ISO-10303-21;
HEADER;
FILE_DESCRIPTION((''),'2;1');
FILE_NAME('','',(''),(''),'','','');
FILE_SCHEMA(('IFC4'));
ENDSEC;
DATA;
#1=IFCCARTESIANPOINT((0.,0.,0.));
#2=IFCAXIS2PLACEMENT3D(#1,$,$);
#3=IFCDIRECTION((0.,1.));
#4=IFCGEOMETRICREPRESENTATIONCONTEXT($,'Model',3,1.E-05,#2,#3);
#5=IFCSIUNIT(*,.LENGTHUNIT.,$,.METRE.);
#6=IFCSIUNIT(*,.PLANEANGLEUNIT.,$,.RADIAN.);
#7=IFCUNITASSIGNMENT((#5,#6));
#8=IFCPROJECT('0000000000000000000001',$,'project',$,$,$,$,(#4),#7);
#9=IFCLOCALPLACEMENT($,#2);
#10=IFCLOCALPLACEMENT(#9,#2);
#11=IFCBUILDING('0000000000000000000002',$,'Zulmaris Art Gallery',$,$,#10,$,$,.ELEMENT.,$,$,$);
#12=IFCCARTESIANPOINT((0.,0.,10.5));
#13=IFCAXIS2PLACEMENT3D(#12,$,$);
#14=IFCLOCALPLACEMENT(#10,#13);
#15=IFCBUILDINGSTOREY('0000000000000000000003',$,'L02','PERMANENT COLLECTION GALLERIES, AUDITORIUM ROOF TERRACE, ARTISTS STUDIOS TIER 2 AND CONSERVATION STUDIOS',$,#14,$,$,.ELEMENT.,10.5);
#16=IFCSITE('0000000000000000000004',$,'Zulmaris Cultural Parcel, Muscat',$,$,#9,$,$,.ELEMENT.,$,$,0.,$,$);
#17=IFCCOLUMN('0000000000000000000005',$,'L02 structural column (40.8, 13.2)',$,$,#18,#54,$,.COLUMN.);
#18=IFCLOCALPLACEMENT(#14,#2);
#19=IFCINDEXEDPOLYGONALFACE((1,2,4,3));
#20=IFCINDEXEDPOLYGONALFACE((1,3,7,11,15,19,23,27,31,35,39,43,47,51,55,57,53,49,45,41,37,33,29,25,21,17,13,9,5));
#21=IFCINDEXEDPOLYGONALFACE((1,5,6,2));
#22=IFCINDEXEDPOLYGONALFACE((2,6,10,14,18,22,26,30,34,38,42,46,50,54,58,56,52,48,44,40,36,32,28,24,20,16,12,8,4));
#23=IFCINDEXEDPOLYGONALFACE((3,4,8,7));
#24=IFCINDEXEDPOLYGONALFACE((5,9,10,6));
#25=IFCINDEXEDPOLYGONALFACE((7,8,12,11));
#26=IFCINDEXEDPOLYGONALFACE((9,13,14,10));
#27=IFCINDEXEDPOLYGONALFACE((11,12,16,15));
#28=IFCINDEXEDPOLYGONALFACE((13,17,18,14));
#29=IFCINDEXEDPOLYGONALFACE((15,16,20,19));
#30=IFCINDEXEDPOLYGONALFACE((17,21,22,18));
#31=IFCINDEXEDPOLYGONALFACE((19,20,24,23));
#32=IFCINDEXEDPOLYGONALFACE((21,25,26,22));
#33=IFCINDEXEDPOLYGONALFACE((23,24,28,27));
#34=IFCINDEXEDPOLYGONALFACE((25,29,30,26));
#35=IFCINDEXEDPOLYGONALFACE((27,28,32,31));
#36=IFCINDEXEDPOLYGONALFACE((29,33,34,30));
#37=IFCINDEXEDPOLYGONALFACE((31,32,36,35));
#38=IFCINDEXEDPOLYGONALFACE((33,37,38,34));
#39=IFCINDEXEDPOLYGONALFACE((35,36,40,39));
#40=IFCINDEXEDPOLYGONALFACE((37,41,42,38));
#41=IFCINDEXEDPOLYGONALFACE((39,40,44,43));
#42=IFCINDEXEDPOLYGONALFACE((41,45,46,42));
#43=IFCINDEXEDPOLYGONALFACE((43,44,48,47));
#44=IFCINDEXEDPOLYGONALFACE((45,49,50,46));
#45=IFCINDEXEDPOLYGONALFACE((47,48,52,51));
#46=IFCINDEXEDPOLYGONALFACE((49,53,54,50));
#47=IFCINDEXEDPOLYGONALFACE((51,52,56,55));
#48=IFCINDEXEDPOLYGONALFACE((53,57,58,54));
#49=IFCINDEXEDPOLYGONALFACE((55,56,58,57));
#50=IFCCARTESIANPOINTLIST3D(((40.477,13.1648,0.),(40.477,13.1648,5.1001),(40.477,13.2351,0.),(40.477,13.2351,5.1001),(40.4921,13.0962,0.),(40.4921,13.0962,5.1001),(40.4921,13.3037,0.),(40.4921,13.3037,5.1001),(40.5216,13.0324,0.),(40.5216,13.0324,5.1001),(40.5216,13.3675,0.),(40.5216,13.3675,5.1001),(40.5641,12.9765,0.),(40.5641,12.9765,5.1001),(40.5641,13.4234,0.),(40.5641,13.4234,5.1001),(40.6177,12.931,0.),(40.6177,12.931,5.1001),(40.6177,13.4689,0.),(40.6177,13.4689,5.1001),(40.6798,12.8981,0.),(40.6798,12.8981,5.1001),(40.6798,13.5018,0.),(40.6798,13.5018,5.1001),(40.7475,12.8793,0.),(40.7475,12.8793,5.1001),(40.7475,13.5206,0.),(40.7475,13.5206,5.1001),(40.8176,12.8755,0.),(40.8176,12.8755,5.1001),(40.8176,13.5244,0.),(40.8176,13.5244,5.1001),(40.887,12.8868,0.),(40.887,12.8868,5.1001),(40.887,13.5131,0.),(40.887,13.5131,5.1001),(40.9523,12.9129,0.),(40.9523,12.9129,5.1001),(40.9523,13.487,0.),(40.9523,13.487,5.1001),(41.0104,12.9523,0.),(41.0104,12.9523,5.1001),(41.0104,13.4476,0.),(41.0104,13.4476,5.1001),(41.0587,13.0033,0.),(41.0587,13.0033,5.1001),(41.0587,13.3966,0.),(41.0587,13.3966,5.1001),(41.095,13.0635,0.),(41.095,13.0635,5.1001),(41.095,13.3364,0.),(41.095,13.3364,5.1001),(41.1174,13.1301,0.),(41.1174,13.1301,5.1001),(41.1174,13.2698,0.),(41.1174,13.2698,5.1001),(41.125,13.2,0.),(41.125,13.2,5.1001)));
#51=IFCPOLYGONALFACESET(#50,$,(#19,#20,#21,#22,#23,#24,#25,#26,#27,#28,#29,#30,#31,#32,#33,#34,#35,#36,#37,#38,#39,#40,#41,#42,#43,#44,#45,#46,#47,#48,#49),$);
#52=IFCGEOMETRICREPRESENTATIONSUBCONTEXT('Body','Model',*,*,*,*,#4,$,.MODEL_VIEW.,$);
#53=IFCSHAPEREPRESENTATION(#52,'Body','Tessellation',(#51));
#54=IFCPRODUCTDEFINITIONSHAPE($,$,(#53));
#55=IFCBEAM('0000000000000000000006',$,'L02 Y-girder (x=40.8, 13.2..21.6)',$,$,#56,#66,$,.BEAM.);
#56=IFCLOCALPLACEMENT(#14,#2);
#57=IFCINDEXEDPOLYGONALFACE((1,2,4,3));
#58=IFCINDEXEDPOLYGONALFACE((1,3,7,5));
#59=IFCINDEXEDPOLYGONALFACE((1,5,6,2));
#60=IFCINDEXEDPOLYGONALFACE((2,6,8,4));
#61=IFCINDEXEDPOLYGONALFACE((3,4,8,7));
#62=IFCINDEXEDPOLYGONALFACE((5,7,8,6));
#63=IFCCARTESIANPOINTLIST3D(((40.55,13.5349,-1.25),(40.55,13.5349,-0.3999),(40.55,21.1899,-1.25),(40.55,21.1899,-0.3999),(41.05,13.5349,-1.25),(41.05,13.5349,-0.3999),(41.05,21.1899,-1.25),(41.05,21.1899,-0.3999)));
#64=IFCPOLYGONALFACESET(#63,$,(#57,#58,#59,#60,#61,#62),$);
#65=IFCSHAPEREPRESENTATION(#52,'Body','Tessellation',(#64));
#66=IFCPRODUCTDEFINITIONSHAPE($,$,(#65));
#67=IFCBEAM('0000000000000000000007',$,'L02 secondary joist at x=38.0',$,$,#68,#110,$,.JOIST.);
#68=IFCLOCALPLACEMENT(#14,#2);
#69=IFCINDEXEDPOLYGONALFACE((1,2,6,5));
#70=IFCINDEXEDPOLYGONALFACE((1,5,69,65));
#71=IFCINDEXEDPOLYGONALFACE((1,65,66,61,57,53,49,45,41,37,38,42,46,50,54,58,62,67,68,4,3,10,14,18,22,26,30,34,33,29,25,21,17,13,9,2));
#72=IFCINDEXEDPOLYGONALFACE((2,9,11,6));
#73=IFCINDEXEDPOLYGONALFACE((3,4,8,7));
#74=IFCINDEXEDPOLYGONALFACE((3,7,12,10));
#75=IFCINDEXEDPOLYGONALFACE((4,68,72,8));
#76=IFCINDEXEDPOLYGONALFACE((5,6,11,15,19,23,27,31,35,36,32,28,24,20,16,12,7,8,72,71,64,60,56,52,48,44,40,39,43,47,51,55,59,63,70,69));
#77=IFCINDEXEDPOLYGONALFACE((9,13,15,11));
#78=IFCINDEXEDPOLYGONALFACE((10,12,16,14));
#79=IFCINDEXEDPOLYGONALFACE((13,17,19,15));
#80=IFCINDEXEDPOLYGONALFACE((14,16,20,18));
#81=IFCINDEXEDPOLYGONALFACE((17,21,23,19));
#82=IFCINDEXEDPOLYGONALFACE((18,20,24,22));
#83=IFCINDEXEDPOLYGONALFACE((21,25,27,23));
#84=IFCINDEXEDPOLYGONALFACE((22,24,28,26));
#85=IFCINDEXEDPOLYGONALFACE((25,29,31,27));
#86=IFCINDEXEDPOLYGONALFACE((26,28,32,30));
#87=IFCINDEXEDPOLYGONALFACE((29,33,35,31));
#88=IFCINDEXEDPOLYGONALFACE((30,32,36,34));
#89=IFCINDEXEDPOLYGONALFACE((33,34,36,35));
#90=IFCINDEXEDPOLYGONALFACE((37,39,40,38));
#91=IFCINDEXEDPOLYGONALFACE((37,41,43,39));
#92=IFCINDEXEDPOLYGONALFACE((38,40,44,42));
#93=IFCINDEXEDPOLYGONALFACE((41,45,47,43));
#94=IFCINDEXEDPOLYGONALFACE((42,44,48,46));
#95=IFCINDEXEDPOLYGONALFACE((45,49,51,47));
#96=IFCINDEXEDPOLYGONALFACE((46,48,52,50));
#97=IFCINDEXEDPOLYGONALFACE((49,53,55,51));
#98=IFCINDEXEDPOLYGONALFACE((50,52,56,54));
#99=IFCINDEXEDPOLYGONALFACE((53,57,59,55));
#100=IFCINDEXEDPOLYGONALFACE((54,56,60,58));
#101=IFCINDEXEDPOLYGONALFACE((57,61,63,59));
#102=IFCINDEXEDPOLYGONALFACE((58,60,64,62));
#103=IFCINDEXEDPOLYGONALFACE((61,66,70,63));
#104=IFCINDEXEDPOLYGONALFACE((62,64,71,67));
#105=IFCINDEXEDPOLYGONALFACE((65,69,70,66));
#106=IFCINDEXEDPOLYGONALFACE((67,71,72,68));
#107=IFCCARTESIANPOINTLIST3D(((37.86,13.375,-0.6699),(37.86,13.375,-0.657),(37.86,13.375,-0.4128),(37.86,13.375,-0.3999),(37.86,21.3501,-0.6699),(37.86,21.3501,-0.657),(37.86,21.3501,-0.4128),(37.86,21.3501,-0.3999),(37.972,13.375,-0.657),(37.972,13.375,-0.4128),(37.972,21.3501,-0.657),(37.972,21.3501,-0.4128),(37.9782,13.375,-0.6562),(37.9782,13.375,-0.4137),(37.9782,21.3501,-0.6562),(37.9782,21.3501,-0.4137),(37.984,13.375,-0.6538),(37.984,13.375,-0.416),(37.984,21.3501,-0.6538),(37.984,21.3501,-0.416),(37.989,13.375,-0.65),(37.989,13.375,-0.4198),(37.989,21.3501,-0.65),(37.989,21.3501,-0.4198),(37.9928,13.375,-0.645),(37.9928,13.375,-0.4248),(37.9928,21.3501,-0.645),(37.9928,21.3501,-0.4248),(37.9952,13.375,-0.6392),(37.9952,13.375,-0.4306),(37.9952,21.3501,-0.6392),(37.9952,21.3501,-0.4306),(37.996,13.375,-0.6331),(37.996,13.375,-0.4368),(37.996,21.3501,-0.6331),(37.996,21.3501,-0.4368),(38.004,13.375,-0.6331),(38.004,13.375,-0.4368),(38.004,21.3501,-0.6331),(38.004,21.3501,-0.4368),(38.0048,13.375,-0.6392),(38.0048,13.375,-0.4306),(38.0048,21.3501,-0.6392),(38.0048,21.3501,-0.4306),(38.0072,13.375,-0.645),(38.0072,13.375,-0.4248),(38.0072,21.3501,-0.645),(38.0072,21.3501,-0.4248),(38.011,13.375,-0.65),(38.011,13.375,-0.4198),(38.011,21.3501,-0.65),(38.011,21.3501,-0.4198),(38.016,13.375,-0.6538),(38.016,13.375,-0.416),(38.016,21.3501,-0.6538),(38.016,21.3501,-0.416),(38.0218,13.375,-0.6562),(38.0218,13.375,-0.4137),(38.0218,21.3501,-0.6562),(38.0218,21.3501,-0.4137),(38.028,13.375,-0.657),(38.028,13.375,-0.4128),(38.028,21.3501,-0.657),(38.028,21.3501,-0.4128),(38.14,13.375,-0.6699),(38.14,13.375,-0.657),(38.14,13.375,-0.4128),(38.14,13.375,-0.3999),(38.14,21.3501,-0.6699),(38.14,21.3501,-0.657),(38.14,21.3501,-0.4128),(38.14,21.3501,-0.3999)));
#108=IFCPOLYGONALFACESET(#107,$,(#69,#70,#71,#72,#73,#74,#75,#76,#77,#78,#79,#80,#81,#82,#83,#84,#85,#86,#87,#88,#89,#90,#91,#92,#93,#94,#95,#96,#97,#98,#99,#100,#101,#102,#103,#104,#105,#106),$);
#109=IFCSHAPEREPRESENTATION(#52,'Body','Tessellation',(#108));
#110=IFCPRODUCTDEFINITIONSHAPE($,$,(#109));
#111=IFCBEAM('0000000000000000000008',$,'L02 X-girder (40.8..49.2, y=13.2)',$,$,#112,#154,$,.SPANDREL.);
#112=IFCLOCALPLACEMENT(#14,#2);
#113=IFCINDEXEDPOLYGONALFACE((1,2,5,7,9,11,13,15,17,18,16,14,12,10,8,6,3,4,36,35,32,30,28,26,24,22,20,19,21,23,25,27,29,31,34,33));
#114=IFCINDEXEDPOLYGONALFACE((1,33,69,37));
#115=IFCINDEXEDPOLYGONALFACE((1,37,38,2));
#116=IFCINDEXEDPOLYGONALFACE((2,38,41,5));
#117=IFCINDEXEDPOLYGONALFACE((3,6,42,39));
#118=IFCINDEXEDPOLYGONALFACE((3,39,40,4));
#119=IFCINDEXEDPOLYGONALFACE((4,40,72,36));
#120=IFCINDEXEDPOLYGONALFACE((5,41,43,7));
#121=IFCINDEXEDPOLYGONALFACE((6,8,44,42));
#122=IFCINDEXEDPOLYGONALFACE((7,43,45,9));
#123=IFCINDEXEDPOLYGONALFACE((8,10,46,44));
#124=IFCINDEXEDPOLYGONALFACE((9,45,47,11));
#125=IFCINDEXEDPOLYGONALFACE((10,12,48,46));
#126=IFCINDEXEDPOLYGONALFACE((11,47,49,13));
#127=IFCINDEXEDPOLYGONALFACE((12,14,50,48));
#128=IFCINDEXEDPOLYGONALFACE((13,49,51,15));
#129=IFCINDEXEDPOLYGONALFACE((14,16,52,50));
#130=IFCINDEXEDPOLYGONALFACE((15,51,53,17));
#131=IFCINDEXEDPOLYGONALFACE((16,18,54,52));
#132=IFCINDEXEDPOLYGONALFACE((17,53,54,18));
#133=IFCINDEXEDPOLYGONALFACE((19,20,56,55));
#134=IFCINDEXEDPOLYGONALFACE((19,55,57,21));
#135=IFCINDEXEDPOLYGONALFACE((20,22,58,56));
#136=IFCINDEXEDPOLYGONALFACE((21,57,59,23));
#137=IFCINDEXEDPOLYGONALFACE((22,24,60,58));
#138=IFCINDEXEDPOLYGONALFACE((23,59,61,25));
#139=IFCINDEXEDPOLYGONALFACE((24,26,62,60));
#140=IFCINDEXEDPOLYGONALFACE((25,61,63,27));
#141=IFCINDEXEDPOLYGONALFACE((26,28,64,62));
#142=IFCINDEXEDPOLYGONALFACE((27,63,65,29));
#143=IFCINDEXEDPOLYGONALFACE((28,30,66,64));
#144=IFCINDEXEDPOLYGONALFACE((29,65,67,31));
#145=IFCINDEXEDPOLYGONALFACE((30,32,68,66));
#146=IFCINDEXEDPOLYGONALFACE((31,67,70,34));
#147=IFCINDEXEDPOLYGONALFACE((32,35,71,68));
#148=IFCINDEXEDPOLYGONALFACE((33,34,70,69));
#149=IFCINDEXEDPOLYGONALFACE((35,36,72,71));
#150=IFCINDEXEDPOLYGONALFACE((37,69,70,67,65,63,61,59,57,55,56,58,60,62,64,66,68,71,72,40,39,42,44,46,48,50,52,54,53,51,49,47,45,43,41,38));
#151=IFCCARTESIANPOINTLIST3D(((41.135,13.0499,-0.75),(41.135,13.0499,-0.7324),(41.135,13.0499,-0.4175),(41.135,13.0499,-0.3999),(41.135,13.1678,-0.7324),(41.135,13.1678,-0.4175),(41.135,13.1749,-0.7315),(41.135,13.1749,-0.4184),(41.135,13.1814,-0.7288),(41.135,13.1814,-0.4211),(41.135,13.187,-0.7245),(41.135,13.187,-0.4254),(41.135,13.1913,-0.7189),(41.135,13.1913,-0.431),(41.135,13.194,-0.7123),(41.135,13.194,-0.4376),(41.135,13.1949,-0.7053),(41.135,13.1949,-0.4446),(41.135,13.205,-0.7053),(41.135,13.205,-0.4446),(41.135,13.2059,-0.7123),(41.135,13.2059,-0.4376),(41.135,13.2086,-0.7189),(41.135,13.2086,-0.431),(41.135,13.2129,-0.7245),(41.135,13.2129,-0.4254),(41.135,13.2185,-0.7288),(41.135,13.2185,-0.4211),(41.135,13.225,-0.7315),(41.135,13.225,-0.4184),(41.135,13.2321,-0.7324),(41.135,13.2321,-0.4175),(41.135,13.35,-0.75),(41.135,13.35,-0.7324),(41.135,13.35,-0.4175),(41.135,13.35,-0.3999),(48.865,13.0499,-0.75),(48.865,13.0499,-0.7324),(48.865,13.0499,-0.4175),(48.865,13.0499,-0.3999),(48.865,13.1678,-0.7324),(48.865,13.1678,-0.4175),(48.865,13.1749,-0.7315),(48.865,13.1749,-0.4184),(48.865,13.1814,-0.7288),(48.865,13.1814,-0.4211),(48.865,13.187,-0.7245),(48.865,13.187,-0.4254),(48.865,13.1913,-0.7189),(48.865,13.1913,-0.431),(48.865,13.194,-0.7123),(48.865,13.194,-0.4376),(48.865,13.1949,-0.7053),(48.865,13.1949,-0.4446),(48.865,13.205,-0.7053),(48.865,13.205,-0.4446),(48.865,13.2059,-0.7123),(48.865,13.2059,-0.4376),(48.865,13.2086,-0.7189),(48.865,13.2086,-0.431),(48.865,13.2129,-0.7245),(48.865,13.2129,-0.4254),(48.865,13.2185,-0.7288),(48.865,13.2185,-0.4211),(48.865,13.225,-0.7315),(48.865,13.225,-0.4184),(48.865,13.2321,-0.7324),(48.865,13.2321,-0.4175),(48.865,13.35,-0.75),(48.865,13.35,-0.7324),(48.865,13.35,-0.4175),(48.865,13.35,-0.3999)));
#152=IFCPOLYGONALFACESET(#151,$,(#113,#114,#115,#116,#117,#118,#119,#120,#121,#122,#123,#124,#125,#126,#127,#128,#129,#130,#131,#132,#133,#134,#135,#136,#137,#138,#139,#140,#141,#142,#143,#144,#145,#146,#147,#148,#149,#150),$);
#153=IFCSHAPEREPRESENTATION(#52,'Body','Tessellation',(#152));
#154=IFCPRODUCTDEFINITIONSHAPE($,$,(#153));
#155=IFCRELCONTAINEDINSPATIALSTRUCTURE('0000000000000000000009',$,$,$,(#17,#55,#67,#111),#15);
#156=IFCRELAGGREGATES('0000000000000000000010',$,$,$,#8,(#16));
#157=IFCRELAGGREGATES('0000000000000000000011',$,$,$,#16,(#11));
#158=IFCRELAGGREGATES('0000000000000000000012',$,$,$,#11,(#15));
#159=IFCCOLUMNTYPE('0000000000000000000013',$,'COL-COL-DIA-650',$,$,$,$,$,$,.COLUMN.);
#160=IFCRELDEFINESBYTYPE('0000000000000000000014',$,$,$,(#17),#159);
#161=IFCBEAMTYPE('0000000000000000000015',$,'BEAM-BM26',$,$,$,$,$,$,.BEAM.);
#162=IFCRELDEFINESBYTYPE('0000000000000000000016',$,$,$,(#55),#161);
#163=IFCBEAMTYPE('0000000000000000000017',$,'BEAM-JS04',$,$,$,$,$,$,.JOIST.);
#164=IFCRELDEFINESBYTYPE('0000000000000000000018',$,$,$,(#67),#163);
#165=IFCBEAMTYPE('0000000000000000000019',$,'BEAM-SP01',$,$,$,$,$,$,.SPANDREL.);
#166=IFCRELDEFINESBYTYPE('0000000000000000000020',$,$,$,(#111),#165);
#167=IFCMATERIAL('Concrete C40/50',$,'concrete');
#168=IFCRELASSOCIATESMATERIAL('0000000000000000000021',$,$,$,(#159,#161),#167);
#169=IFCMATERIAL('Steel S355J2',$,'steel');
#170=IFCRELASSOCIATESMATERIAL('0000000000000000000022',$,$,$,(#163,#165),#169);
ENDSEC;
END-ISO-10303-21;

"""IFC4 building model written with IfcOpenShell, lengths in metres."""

from ifc_helpers import new_model, si_unit, direction, frame, origin, origin_2d, place, context, subcontext, project, spatial, rectangle, circle, i_section, extrude, material, material_profile, profile_set, type_object, element, save


model = new_model("IFC4")

# Units and contexts
model_context = context("Model", 3, precision=1e-05, world=origin(), true_north=direction((0.0, 1.0)))
body_context = subcontext(model_context, "Body", "Model", "MODEL_VIEW")
ifc_project = project(units=[si_unit("LENGTHUNIT", "METRE"), si_unit("PLANEANGLEUNIT", "RADIAN")], contexts=[model_context])

# Site, building, storey
site_placement = place(None, origin())
site = spatial("IfcSite", under=ifc_project, at=site_placement, Name="Zulmaris Cultural Parcel, Muscat", CompositionType="ELEMENT", RefElevation=0.0)
building_placement = place(site_placement, origin())
building = spatial("IfcBuilding", under=site, at=building_placement, Name="Zulmaris Art Gallery", CompositionType="ELEMENT")
storey_placement = place(building_placement, frame((0.0, 0.0, 10.5)))
storey = spatial("IfcBuildingStorey", under=building, at=storey_placement, Name="L02", Description="PERMANENT COLLECTION GALLERIES, AUDITORIUM ROOF TERRACE, ARTISTS STUDIOS TIER 2 AND CONSERVATION STUDIOS", CompositionType="ELEMENT", Elevation=10.5)

# Column
ifc_material_1 = material(Name="Concrete C40/50", Category="concrete")
ifc_material_profile_1 = material_profile(ifc_material_1, circle(Radius=0.325, at=origin_2d()), Name="COL DIA 650")
ifc_profile_set_1 = profile_set([ifc_material_profile_1], Name="Concrete C40/50")
column_type = type_object("IfcColumnType", Name="COL-COL-DIA-650", PredefinedType="COLUMN", material=ifc_profile_set_1)
column_placement = place(storey_placement, frame((40.8, 13.2, 0.0), z_axis=(0.0, 0.0, 1.0), x_axis=(1.0, 0.0, 0.0)))
element("IfcColumn", 1, at=column_placement, inside=storey, type_object=column_type, Name="L02 structural column (40.8, 13.2)", PredefinedType="COLUMN", context=body_context, shape_type="SweptSolid", body=[
    extrude(circle(Radius=0.325, at=origin_2d()), origin(), (0.0, 0.0, 1.0), 5.1001),
])

# Beams
ifc_material_profile_2 = material_profile(ifc_material_1, rectangle(XDim=0.5, YDim=0.8501, at=origin_2d()), Name="RC 500x850")
ifc_profile_set_2 = profile_set([ifc_material_profile_2], Name="Concrete C40/50")
beam_type_1 = type_object("IfcBeamType", Name="BEAM-BM26", PredefinedType="BEAM", material=ifc_profile_set_2)
beam_1_placement = place(storey_placement, frame((40.8, 13.5349, -0.825), z_axis=(0.0, 1.0, 0.0), x_axis=(-1.0, 0.0, 0.0)))
element("IfcBeam", 2, at=beam_1_placement, inside=storey, type_object=beam_type_1, Name="L02 Y-girder (x=40.8, 13.2..21.6)", PredefinedType="BEAM", context=body_context, shape_type="SweptSolid", body=[
    extrude(rectangle(XDim=0.5, YDim=0.8501, at=origin_2d()), origin(), (0.0, 0.0, 1.0), 7.655),
])
ifc_material_2 = material(Name="Steel S355J2", Category="steel")
ifc_material_profile_3 = material_profile(ifc_material_2, i_section(OverallWidth=0.28, OverallDepth=0.27, WebThickness=0.0081, FlangeThickness=0.0129, FilletRadius=0.0239, at=origin_2d()), Name="HEA 280")
ifc_profile_set_3 = profile_set([ifc_material_profile_3], Name="Steel S355J2")
beam_type_2 = type_object("IfcBeamType", Name="BEAM-JS04", PredefinedType="JOIST", material=ifc_profile_set_3)
beam_2_placement = place(storey_placement, frame((38.0, 13.375, -0.5349), z_axis=(0.0, 1.0, 0.0), x_axis=(-1.0, 0.0, 0.0)))
element("IfcBeam", 3, at=beam_2_placement, inside=storey, type_object=beam_type_2, Name="L02 secondary joist at x=38.0", PredefinedType="JOIST", context=body_context, shape_type="SweptSolid", body=[
    extrude(i_section(OverallWidth=0.28, OverallDepth=0.27, WebThickness=0.0081, FlangeThickness=0.0129, FilletRadius=0.0239, at=origin_2d()), origin(), (0.0, 0.0, 1.0), 7.9751),
])
ifc_material_profile_4 = material_profile(ifc_material_2, i_section(OverallWidth=0.3, OverallDepth=0.3501, WebThickness=0.01, FlangeThickness=0.0176, FilletRadius=0.0271, at=origin_2d()), Name="HEA 360")
ifc_profile_set_4 = profile_set([ifc_material_profile_4], Name="Steel S355J2")
beam_type_3 = type_object("IfcBeamType", Name="BEAM-SP01", PredefinedType="SPANDREL", material=ifc_profile_set_4)
beam_3_placement = place(storey_placement, frame((41.135, 13.2, -0.575), z_axis=(1.0, 0.0, 0.0), x_axis=(0.0, 1.0, 0.0)))
element("IfcBeam", 4, at=beam_3_placement, inside=storey, type_object=beam_type_3, Name="L02 X-girder (40.8..49.2, y=13.2)", PredefinedType="SPANDREL", context=body_context, shape_type="SweptSolid", body=[
    extrude(i_section(OverallWidth=0.3, OverallDepth=0.3501, WebThickness=0.01, FlangeThickness=0.0176, FilletRadius=0.0271, at=origin_2d()), origin(), (0.0, 0.0, 1.0), 7.73),
])

save(model, "model.ifc")
